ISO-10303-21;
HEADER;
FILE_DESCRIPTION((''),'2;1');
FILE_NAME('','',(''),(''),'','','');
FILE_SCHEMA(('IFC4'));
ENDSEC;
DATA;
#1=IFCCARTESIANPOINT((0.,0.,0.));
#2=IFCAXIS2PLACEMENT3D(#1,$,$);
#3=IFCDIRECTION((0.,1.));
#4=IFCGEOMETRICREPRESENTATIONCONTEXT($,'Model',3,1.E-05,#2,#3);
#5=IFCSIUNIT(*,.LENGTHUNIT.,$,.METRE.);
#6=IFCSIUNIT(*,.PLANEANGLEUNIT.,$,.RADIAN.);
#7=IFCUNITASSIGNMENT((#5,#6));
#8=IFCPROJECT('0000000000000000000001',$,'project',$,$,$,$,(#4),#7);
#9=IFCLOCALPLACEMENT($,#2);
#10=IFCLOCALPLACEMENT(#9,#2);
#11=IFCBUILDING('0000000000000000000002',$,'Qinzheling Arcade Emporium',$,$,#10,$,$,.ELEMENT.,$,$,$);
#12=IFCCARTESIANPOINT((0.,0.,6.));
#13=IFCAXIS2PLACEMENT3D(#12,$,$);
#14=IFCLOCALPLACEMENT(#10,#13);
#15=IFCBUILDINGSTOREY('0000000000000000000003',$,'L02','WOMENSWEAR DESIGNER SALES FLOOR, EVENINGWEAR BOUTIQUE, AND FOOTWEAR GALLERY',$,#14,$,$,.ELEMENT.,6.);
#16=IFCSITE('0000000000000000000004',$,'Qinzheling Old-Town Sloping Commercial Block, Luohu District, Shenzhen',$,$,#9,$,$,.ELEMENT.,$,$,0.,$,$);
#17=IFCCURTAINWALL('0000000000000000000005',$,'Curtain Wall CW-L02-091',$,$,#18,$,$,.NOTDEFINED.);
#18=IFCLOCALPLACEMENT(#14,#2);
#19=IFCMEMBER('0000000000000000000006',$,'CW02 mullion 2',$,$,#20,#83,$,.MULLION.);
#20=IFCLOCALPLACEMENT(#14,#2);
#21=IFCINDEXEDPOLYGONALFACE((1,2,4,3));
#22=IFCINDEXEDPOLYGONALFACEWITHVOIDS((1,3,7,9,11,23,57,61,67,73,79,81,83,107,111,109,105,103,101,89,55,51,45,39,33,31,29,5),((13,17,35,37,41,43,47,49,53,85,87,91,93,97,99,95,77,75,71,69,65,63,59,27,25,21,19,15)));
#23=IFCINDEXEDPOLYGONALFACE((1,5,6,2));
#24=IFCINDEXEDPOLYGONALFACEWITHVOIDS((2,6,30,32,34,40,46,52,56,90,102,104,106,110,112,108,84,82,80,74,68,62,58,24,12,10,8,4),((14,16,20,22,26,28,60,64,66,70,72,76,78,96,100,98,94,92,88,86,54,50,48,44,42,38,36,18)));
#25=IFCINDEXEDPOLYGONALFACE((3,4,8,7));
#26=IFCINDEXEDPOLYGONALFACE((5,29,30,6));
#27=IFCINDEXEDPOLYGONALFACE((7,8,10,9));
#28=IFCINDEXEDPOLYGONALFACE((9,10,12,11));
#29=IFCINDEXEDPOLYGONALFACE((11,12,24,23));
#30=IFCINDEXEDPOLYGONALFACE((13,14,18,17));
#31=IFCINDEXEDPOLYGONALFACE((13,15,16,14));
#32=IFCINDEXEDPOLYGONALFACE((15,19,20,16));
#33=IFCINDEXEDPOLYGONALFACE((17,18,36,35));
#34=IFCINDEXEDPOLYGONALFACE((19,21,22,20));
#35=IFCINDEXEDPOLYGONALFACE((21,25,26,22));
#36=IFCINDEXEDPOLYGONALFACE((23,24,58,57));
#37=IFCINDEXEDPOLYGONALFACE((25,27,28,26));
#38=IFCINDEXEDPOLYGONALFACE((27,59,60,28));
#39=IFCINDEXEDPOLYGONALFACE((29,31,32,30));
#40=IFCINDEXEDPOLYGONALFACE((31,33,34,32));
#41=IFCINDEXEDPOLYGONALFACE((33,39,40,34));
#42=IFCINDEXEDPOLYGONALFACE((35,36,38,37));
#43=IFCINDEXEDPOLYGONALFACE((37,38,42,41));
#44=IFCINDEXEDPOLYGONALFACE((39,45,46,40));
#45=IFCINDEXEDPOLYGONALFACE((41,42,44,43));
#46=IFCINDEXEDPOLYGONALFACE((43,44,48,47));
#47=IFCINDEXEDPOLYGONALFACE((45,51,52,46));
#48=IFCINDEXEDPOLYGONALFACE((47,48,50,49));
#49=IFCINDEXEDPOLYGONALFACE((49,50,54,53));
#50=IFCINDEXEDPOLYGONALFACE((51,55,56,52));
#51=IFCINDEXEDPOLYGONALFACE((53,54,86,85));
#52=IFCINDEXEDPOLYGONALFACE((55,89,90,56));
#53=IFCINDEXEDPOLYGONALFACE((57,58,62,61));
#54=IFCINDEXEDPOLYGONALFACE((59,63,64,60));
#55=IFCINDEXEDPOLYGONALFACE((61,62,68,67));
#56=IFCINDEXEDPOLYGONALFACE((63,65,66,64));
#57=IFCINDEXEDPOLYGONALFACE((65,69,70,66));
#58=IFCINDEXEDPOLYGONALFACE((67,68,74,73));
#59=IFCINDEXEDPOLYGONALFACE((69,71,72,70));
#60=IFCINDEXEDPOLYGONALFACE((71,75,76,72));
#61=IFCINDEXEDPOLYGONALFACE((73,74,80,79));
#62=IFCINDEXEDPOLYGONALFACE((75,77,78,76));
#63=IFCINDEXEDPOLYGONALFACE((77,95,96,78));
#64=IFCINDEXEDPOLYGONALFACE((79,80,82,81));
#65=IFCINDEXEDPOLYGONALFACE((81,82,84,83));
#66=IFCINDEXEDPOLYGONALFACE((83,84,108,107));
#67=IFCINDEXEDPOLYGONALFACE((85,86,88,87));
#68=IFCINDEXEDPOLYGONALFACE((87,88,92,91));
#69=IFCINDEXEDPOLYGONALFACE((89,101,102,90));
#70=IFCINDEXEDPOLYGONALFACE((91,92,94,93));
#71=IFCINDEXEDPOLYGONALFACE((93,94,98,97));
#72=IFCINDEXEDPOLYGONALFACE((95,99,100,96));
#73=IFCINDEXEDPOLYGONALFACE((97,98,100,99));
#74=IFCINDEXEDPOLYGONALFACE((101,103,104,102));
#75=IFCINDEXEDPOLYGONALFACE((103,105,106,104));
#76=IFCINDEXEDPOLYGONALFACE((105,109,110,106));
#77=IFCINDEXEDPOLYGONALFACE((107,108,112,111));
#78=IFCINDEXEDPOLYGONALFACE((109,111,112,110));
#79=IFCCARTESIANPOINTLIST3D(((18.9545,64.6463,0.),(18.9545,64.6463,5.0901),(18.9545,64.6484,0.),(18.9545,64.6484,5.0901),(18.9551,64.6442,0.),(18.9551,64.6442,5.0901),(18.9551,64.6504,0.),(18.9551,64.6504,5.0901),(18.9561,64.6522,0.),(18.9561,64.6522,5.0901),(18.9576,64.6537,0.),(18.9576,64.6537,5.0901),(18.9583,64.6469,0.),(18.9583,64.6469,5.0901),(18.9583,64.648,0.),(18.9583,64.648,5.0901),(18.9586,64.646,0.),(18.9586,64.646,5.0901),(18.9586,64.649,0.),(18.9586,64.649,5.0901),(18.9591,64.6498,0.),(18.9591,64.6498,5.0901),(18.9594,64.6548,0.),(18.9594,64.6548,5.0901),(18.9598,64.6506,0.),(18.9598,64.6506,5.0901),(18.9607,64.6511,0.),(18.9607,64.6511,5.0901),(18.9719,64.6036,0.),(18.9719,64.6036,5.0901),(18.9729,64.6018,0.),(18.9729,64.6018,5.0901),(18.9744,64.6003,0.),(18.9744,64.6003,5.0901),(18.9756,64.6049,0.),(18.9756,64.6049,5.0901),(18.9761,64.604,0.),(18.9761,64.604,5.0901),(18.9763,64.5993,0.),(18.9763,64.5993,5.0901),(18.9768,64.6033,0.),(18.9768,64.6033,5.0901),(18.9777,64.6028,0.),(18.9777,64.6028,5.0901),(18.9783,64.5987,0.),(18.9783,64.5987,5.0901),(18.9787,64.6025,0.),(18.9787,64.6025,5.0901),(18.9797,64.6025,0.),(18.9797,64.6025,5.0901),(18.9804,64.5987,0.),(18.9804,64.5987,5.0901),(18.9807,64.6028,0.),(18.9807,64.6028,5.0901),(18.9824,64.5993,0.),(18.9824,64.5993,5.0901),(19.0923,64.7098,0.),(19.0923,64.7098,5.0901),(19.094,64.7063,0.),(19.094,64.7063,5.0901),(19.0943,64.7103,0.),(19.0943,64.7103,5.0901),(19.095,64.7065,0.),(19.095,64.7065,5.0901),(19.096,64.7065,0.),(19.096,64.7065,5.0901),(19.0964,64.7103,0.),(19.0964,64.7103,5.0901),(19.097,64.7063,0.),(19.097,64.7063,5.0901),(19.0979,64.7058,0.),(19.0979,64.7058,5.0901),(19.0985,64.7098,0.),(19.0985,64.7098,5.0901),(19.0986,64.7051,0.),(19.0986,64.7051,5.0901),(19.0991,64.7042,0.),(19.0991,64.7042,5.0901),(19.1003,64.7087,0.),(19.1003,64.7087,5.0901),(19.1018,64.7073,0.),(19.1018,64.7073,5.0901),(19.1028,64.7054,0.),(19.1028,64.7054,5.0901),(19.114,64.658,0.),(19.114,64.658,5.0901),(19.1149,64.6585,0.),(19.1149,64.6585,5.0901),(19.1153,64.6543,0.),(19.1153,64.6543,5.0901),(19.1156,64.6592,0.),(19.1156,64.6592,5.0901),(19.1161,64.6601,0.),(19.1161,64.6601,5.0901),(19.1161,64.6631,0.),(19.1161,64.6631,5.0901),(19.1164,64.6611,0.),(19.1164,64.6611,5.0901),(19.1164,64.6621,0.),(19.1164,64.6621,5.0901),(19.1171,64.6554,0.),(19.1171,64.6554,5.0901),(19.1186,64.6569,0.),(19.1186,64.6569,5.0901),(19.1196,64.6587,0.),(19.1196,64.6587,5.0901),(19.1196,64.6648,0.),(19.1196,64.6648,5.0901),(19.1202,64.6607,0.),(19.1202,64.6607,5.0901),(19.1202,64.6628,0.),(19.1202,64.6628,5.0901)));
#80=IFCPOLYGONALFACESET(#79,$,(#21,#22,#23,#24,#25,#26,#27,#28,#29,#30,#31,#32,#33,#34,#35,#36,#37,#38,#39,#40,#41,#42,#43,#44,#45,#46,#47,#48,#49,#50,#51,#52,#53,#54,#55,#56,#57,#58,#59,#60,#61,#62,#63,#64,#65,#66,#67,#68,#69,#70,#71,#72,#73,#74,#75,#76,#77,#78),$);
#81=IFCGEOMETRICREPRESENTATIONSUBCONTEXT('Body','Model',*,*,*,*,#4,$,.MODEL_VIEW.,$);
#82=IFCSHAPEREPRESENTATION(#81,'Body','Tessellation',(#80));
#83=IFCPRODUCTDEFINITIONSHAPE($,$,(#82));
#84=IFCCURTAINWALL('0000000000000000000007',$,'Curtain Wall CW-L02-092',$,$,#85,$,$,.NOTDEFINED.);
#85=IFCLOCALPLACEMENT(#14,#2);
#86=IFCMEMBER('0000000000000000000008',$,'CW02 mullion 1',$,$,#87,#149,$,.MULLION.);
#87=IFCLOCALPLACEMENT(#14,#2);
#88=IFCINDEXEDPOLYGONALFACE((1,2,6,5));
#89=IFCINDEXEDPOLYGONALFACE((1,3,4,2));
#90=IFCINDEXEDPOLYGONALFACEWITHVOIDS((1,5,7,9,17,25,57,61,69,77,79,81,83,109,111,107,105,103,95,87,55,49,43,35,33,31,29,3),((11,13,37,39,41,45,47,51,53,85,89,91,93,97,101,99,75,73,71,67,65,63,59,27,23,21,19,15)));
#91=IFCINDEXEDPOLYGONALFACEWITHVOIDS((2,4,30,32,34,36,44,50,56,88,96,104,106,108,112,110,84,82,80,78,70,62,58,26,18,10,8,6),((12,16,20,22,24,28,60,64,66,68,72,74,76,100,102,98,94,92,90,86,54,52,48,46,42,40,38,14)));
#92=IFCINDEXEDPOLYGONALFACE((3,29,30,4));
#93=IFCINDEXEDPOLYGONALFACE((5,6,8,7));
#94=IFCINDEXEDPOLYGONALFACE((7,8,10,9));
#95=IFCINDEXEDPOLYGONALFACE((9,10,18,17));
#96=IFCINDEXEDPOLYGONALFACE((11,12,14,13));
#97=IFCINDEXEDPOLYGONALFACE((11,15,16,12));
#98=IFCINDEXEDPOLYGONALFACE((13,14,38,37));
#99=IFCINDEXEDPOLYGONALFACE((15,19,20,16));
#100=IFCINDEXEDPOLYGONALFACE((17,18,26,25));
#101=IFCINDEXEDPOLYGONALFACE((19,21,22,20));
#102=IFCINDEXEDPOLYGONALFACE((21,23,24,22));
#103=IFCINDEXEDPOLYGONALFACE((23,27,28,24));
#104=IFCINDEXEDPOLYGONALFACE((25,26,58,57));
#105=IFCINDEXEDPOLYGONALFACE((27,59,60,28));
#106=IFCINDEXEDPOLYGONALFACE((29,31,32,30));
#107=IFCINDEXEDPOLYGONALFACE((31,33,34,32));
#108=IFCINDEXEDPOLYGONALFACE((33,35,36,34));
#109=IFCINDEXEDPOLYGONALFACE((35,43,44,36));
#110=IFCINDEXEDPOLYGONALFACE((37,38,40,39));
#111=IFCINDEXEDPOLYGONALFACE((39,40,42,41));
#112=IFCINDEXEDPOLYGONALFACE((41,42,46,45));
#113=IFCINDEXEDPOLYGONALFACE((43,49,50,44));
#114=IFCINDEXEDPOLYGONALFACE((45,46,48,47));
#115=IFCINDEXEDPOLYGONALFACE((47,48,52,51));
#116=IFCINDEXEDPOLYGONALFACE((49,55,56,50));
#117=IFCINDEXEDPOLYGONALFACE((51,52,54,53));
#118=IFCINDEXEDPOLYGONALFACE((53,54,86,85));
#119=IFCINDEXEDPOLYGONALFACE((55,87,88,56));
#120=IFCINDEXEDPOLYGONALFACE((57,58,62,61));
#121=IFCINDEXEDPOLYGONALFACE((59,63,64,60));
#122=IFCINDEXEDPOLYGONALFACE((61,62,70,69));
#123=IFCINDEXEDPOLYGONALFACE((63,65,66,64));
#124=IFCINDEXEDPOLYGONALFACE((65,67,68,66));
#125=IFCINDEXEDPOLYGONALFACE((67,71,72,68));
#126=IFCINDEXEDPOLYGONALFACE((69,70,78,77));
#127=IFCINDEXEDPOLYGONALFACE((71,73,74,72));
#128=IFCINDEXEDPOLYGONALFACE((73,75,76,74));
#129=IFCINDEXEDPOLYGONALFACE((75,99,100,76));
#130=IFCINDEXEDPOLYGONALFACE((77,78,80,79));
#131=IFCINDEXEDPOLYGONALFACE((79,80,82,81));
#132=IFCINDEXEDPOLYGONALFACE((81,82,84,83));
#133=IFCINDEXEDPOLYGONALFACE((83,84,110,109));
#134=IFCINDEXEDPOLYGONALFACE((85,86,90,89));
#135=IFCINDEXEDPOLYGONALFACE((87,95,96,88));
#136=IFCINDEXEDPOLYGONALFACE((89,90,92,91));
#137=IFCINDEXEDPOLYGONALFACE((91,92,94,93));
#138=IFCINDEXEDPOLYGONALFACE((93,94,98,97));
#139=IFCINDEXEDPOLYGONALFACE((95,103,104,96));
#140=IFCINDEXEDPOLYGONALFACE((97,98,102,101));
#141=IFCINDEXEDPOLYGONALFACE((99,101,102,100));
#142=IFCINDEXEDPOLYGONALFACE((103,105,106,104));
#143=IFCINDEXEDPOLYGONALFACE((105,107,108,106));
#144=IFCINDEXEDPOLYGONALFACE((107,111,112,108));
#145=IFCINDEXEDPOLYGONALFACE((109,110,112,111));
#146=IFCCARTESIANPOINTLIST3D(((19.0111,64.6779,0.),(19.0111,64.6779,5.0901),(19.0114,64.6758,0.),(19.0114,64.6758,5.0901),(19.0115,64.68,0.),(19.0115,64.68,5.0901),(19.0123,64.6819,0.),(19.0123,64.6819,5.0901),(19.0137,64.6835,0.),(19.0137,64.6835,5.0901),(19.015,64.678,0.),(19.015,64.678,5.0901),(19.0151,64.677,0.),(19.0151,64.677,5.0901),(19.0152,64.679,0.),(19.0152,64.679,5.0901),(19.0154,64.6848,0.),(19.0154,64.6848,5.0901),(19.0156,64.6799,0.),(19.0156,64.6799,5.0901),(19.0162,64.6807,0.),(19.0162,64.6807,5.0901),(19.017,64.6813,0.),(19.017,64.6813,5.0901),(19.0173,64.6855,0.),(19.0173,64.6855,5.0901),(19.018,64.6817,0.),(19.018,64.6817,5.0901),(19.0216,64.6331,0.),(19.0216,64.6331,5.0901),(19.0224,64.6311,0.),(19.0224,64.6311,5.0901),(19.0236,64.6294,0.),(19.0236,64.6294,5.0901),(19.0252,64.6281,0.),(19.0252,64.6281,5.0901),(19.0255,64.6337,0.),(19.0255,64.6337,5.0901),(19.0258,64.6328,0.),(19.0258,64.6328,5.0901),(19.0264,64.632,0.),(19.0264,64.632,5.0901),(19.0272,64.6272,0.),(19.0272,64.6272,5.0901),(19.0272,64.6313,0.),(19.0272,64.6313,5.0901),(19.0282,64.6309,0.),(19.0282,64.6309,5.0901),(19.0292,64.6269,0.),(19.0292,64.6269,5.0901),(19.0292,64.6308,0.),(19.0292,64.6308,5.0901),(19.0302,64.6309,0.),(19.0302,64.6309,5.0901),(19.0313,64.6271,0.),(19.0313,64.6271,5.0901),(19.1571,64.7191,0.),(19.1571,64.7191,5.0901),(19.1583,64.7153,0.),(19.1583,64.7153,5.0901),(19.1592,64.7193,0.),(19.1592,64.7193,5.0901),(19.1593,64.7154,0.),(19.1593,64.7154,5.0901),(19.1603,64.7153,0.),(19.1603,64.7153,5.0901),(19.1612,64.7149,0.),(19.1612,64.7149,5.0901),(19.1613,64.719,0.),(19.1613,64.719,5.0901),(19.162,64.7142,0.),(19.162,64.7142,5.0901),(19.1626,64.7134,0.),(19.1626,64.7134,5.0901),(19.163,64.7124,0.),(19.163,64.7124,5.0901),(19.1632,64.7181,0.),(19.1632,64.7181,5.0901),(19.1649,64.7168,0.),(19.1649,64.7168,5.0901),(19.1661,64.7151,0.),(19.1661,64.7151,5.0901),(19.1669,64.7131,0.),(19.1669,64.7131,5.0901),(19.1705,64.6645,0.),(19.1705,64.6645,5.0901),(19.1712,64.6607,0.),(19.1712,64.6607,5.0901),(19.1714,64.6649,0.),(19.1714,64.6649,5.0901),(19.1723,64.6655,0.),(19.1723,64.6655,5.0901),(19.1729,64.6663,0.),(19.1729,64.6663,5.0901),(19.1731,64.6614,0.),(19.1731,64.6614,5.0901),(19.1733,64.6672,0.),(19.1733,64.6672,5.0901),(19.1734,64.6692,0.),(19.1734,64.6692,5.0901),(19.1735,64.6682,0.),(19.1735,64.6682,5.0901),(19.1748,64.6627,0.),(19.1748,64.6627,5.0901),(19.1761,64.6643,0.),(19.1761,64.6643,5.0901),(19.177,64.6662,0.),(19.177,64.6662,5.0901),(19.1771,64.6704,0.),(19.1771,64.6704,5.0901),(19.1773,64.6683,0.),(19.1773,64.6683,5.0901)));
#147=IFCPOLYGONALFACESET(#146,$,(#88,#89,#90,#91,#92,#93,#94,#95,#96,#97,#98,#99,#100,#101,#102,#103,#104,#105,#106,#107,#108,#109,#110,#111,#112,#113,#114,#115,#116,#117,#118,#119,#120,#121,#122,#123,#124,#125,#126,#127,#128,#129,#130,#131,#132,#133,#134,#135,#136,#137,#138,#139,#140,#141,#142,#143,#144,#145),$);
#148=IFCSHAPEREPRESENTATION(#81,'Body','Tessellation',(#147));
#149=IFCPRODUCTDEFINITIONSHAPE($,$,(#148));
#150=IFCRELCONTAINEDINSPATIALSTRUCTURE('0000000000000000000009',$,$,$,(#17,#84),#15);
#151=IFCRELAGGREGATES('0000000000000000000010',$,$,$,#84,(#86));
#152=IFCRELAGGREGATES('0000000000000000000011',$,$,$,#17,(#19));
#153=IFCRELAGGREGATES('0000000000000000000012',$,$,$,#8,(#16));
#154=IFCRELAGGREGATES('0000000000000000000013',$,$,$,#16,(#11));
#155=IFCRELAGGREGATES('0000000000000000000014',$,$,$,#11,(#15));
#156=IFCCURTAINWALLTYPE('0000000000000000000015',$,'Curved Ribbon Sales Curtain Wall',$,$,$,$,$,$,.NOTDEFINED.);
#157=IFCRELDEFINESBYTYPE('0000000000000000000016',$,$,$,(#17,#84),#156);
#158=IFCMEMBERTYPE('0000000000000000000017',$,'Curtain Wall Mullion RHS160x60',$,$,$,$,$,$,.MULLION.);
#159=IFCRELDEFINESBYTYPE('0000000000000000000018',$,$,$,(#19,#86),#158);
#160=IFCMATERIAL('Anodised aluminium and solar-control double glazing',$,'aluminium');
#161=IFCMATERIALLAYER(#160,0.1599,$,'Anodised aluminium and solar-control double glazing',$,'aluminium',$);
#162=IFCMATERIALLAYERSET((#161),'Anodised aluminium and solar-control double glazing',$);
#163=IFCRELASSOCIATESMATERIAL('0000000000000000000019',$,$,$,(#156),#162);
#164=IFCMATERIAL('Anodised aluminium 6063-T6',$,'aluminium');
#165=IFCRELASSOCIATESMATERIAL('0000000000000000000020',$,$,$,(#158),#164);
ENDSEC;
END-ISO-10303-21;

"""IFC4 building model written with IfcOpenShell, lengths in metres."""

from ifc_helpers import new_model, si_unit, direction, frame, origin, origin_2d, place, context, subcontext, project, spatial, hollow_rectangle, extrude, material, layer, layer_set, material_profile, profile_set, type_object, element, aggregate, save


model = new_model("IFC4")

# Units and contexts
model_context = context("Model", 3, precision=1e-05, world=origin(), true_north=direction((0.0, 1.0)))
body_context = subcontext(model_context, "Body", "Model", "MODEL_VIEW")
ifc_project = project(units=[si_unit("LENGTHUNIT", "METRE"), si_unit("PLANEANGLEUNIT", "RADIAN")], contexts=[model_context])

# Site, building, storey
site_placement = place(None, origin())
site = spatial("IfcSite", under=ifc_project, at=site_placement, Name="Qinzheling Old-Town Sloping Commercial Block, Luohu District, Shenzhen", CompositionType="ELEMENT", RefElevation=0.0)
building_placement = place(site_placement, origin())
building = spatial("IfcBuilding", under=site, at=building_placement, Name="Qinzheling Arcade Emporium", CompositionType="ELEMENT")
storey_placement = place(building_placement, frame((0.0, 0.0, 6.0)))
storey = spatial("IfcBuildingStorey", under=building, at=storey_placement, Name="L02", Description="WOMENSWEAR DESIGNER SALES FLOOR, EVENINGWEAR BOUTIQUE, AND FOOTWEAR GALLERY", CompositionType="ELEMENT", Elevation=6.0)

# Shared definitions
ifc_material_1 = material(Name="Anodised aluminium and solar-control double glazing", Category="aluminium")
ifc_layer_1 = layer(ifc_material_1, 0.1599, Name="Anodised aluminium and solar-control double glazing", Category="aluminium")
ifc_layer_set_1 = layer_set([ifc_layer_1], Name="Anodised aluminium and solar-control double glazing")
curtain_wall_type = type_object("IfcCurtainWallType", Name="Curved Ribbon Sales Curtain Wall", PredefinedType="NOTDEFINED", material=ifc_layer_set_1)
ifc_material_2 = material(Name="Anodised aluminium 6063-T6", Category="aluminium")
ifc_material_profile_1 = material_profile(ifc_material_2, hollow_rectangle(XDim=0.0601, YDim=0.1599, WallThickness=0.0039, InnerFilletRadius=0.0039, OuterFilletRadius=0.0081, at=origin_2d()), Name="RHS 160x60x4", Category="aluminium")
ifc_profile_set_1 = profile_set([ifc_material_profile_1], Name="Anodised aluminium 6063-T6")
member_type_1 = type_object("IfcMemberType", Name="Curtain Wall Mullion RHS160x60", PredefinedType="MULLION", material=ifc_profile_set_1)

# Curtain wall, member
curtain_wall_1_placement = place(storey_placement, origin())
curtain_wall_1 = element("IfcCurtainWall", 1, at=curtain_wall_1_placement, inside=storey, type_object=curtain_wall_type, Name="Curtain Wall CW-L02-091", PredefinedType="NOTDEFINED")
member_1_placement = place(storey_placement, frame((19.0374, 64.6545, 0.0), z_axis=(0.0, 0.0, 1.0), x_axis=(-0.382714, 0.923867, 0.0)))
member_1 = element("IfcMember", 2, at=member_1_placement, type_object=member_type_1, Name="CW02 mullion 2", PredefinedType="MULLION", context=body_context, shape_type="SweptSolid", body=[
    extrude(hollow_rectangle(XDim=0.0601, YDim=0.1599, WallThickness=0.0039, InnerFilletRadius=0.0039, OuterFilletRadius=0.0081, at=origin_2d()), origin(), (0.0, 0.0, 1.0), 5.0901),
])

# Curtain wall, member
curtain_wall_2_placement = place(storey_placement, origin())
curtain_wall_2 = element("IfcCurtainWall", 3, at=curtain_wall_2_placement, inside=storey, type_object=curtain_wall_type, Name="Curtain Wall CW-L02-092", PredefinedType="NOTDEFINED")
member_2_placement = place(storey_placement, frame((19.0942, 64.6731, 0.0), z_axis=(0.0, 0.0, 1.0), x_axis=(-0.233325, 0.972399, 0.0)))
member_2 = element("IfcMember", 4, at=member_2_placement, type_object=member_type_1, Name="CW02 mullion 1", PredefinedType="MULLION", context=body_context, shape_type="SweptSolid", body=[
    extrude(hollow_rectangle(XDim=0.0601, YDim=0.1599, WallThickness=0.0039, InnerFilletRadius=0.0039, OuterFilletRadius=0.0081, at=origin_2d()), origin(), (0.0, 0.0, 1.0), 5.0901),
])
aggregate(curtain_wall_2, [member_2])

aggregate(curtain_wall_1, [member_1])

save(model, "model.ifc")
